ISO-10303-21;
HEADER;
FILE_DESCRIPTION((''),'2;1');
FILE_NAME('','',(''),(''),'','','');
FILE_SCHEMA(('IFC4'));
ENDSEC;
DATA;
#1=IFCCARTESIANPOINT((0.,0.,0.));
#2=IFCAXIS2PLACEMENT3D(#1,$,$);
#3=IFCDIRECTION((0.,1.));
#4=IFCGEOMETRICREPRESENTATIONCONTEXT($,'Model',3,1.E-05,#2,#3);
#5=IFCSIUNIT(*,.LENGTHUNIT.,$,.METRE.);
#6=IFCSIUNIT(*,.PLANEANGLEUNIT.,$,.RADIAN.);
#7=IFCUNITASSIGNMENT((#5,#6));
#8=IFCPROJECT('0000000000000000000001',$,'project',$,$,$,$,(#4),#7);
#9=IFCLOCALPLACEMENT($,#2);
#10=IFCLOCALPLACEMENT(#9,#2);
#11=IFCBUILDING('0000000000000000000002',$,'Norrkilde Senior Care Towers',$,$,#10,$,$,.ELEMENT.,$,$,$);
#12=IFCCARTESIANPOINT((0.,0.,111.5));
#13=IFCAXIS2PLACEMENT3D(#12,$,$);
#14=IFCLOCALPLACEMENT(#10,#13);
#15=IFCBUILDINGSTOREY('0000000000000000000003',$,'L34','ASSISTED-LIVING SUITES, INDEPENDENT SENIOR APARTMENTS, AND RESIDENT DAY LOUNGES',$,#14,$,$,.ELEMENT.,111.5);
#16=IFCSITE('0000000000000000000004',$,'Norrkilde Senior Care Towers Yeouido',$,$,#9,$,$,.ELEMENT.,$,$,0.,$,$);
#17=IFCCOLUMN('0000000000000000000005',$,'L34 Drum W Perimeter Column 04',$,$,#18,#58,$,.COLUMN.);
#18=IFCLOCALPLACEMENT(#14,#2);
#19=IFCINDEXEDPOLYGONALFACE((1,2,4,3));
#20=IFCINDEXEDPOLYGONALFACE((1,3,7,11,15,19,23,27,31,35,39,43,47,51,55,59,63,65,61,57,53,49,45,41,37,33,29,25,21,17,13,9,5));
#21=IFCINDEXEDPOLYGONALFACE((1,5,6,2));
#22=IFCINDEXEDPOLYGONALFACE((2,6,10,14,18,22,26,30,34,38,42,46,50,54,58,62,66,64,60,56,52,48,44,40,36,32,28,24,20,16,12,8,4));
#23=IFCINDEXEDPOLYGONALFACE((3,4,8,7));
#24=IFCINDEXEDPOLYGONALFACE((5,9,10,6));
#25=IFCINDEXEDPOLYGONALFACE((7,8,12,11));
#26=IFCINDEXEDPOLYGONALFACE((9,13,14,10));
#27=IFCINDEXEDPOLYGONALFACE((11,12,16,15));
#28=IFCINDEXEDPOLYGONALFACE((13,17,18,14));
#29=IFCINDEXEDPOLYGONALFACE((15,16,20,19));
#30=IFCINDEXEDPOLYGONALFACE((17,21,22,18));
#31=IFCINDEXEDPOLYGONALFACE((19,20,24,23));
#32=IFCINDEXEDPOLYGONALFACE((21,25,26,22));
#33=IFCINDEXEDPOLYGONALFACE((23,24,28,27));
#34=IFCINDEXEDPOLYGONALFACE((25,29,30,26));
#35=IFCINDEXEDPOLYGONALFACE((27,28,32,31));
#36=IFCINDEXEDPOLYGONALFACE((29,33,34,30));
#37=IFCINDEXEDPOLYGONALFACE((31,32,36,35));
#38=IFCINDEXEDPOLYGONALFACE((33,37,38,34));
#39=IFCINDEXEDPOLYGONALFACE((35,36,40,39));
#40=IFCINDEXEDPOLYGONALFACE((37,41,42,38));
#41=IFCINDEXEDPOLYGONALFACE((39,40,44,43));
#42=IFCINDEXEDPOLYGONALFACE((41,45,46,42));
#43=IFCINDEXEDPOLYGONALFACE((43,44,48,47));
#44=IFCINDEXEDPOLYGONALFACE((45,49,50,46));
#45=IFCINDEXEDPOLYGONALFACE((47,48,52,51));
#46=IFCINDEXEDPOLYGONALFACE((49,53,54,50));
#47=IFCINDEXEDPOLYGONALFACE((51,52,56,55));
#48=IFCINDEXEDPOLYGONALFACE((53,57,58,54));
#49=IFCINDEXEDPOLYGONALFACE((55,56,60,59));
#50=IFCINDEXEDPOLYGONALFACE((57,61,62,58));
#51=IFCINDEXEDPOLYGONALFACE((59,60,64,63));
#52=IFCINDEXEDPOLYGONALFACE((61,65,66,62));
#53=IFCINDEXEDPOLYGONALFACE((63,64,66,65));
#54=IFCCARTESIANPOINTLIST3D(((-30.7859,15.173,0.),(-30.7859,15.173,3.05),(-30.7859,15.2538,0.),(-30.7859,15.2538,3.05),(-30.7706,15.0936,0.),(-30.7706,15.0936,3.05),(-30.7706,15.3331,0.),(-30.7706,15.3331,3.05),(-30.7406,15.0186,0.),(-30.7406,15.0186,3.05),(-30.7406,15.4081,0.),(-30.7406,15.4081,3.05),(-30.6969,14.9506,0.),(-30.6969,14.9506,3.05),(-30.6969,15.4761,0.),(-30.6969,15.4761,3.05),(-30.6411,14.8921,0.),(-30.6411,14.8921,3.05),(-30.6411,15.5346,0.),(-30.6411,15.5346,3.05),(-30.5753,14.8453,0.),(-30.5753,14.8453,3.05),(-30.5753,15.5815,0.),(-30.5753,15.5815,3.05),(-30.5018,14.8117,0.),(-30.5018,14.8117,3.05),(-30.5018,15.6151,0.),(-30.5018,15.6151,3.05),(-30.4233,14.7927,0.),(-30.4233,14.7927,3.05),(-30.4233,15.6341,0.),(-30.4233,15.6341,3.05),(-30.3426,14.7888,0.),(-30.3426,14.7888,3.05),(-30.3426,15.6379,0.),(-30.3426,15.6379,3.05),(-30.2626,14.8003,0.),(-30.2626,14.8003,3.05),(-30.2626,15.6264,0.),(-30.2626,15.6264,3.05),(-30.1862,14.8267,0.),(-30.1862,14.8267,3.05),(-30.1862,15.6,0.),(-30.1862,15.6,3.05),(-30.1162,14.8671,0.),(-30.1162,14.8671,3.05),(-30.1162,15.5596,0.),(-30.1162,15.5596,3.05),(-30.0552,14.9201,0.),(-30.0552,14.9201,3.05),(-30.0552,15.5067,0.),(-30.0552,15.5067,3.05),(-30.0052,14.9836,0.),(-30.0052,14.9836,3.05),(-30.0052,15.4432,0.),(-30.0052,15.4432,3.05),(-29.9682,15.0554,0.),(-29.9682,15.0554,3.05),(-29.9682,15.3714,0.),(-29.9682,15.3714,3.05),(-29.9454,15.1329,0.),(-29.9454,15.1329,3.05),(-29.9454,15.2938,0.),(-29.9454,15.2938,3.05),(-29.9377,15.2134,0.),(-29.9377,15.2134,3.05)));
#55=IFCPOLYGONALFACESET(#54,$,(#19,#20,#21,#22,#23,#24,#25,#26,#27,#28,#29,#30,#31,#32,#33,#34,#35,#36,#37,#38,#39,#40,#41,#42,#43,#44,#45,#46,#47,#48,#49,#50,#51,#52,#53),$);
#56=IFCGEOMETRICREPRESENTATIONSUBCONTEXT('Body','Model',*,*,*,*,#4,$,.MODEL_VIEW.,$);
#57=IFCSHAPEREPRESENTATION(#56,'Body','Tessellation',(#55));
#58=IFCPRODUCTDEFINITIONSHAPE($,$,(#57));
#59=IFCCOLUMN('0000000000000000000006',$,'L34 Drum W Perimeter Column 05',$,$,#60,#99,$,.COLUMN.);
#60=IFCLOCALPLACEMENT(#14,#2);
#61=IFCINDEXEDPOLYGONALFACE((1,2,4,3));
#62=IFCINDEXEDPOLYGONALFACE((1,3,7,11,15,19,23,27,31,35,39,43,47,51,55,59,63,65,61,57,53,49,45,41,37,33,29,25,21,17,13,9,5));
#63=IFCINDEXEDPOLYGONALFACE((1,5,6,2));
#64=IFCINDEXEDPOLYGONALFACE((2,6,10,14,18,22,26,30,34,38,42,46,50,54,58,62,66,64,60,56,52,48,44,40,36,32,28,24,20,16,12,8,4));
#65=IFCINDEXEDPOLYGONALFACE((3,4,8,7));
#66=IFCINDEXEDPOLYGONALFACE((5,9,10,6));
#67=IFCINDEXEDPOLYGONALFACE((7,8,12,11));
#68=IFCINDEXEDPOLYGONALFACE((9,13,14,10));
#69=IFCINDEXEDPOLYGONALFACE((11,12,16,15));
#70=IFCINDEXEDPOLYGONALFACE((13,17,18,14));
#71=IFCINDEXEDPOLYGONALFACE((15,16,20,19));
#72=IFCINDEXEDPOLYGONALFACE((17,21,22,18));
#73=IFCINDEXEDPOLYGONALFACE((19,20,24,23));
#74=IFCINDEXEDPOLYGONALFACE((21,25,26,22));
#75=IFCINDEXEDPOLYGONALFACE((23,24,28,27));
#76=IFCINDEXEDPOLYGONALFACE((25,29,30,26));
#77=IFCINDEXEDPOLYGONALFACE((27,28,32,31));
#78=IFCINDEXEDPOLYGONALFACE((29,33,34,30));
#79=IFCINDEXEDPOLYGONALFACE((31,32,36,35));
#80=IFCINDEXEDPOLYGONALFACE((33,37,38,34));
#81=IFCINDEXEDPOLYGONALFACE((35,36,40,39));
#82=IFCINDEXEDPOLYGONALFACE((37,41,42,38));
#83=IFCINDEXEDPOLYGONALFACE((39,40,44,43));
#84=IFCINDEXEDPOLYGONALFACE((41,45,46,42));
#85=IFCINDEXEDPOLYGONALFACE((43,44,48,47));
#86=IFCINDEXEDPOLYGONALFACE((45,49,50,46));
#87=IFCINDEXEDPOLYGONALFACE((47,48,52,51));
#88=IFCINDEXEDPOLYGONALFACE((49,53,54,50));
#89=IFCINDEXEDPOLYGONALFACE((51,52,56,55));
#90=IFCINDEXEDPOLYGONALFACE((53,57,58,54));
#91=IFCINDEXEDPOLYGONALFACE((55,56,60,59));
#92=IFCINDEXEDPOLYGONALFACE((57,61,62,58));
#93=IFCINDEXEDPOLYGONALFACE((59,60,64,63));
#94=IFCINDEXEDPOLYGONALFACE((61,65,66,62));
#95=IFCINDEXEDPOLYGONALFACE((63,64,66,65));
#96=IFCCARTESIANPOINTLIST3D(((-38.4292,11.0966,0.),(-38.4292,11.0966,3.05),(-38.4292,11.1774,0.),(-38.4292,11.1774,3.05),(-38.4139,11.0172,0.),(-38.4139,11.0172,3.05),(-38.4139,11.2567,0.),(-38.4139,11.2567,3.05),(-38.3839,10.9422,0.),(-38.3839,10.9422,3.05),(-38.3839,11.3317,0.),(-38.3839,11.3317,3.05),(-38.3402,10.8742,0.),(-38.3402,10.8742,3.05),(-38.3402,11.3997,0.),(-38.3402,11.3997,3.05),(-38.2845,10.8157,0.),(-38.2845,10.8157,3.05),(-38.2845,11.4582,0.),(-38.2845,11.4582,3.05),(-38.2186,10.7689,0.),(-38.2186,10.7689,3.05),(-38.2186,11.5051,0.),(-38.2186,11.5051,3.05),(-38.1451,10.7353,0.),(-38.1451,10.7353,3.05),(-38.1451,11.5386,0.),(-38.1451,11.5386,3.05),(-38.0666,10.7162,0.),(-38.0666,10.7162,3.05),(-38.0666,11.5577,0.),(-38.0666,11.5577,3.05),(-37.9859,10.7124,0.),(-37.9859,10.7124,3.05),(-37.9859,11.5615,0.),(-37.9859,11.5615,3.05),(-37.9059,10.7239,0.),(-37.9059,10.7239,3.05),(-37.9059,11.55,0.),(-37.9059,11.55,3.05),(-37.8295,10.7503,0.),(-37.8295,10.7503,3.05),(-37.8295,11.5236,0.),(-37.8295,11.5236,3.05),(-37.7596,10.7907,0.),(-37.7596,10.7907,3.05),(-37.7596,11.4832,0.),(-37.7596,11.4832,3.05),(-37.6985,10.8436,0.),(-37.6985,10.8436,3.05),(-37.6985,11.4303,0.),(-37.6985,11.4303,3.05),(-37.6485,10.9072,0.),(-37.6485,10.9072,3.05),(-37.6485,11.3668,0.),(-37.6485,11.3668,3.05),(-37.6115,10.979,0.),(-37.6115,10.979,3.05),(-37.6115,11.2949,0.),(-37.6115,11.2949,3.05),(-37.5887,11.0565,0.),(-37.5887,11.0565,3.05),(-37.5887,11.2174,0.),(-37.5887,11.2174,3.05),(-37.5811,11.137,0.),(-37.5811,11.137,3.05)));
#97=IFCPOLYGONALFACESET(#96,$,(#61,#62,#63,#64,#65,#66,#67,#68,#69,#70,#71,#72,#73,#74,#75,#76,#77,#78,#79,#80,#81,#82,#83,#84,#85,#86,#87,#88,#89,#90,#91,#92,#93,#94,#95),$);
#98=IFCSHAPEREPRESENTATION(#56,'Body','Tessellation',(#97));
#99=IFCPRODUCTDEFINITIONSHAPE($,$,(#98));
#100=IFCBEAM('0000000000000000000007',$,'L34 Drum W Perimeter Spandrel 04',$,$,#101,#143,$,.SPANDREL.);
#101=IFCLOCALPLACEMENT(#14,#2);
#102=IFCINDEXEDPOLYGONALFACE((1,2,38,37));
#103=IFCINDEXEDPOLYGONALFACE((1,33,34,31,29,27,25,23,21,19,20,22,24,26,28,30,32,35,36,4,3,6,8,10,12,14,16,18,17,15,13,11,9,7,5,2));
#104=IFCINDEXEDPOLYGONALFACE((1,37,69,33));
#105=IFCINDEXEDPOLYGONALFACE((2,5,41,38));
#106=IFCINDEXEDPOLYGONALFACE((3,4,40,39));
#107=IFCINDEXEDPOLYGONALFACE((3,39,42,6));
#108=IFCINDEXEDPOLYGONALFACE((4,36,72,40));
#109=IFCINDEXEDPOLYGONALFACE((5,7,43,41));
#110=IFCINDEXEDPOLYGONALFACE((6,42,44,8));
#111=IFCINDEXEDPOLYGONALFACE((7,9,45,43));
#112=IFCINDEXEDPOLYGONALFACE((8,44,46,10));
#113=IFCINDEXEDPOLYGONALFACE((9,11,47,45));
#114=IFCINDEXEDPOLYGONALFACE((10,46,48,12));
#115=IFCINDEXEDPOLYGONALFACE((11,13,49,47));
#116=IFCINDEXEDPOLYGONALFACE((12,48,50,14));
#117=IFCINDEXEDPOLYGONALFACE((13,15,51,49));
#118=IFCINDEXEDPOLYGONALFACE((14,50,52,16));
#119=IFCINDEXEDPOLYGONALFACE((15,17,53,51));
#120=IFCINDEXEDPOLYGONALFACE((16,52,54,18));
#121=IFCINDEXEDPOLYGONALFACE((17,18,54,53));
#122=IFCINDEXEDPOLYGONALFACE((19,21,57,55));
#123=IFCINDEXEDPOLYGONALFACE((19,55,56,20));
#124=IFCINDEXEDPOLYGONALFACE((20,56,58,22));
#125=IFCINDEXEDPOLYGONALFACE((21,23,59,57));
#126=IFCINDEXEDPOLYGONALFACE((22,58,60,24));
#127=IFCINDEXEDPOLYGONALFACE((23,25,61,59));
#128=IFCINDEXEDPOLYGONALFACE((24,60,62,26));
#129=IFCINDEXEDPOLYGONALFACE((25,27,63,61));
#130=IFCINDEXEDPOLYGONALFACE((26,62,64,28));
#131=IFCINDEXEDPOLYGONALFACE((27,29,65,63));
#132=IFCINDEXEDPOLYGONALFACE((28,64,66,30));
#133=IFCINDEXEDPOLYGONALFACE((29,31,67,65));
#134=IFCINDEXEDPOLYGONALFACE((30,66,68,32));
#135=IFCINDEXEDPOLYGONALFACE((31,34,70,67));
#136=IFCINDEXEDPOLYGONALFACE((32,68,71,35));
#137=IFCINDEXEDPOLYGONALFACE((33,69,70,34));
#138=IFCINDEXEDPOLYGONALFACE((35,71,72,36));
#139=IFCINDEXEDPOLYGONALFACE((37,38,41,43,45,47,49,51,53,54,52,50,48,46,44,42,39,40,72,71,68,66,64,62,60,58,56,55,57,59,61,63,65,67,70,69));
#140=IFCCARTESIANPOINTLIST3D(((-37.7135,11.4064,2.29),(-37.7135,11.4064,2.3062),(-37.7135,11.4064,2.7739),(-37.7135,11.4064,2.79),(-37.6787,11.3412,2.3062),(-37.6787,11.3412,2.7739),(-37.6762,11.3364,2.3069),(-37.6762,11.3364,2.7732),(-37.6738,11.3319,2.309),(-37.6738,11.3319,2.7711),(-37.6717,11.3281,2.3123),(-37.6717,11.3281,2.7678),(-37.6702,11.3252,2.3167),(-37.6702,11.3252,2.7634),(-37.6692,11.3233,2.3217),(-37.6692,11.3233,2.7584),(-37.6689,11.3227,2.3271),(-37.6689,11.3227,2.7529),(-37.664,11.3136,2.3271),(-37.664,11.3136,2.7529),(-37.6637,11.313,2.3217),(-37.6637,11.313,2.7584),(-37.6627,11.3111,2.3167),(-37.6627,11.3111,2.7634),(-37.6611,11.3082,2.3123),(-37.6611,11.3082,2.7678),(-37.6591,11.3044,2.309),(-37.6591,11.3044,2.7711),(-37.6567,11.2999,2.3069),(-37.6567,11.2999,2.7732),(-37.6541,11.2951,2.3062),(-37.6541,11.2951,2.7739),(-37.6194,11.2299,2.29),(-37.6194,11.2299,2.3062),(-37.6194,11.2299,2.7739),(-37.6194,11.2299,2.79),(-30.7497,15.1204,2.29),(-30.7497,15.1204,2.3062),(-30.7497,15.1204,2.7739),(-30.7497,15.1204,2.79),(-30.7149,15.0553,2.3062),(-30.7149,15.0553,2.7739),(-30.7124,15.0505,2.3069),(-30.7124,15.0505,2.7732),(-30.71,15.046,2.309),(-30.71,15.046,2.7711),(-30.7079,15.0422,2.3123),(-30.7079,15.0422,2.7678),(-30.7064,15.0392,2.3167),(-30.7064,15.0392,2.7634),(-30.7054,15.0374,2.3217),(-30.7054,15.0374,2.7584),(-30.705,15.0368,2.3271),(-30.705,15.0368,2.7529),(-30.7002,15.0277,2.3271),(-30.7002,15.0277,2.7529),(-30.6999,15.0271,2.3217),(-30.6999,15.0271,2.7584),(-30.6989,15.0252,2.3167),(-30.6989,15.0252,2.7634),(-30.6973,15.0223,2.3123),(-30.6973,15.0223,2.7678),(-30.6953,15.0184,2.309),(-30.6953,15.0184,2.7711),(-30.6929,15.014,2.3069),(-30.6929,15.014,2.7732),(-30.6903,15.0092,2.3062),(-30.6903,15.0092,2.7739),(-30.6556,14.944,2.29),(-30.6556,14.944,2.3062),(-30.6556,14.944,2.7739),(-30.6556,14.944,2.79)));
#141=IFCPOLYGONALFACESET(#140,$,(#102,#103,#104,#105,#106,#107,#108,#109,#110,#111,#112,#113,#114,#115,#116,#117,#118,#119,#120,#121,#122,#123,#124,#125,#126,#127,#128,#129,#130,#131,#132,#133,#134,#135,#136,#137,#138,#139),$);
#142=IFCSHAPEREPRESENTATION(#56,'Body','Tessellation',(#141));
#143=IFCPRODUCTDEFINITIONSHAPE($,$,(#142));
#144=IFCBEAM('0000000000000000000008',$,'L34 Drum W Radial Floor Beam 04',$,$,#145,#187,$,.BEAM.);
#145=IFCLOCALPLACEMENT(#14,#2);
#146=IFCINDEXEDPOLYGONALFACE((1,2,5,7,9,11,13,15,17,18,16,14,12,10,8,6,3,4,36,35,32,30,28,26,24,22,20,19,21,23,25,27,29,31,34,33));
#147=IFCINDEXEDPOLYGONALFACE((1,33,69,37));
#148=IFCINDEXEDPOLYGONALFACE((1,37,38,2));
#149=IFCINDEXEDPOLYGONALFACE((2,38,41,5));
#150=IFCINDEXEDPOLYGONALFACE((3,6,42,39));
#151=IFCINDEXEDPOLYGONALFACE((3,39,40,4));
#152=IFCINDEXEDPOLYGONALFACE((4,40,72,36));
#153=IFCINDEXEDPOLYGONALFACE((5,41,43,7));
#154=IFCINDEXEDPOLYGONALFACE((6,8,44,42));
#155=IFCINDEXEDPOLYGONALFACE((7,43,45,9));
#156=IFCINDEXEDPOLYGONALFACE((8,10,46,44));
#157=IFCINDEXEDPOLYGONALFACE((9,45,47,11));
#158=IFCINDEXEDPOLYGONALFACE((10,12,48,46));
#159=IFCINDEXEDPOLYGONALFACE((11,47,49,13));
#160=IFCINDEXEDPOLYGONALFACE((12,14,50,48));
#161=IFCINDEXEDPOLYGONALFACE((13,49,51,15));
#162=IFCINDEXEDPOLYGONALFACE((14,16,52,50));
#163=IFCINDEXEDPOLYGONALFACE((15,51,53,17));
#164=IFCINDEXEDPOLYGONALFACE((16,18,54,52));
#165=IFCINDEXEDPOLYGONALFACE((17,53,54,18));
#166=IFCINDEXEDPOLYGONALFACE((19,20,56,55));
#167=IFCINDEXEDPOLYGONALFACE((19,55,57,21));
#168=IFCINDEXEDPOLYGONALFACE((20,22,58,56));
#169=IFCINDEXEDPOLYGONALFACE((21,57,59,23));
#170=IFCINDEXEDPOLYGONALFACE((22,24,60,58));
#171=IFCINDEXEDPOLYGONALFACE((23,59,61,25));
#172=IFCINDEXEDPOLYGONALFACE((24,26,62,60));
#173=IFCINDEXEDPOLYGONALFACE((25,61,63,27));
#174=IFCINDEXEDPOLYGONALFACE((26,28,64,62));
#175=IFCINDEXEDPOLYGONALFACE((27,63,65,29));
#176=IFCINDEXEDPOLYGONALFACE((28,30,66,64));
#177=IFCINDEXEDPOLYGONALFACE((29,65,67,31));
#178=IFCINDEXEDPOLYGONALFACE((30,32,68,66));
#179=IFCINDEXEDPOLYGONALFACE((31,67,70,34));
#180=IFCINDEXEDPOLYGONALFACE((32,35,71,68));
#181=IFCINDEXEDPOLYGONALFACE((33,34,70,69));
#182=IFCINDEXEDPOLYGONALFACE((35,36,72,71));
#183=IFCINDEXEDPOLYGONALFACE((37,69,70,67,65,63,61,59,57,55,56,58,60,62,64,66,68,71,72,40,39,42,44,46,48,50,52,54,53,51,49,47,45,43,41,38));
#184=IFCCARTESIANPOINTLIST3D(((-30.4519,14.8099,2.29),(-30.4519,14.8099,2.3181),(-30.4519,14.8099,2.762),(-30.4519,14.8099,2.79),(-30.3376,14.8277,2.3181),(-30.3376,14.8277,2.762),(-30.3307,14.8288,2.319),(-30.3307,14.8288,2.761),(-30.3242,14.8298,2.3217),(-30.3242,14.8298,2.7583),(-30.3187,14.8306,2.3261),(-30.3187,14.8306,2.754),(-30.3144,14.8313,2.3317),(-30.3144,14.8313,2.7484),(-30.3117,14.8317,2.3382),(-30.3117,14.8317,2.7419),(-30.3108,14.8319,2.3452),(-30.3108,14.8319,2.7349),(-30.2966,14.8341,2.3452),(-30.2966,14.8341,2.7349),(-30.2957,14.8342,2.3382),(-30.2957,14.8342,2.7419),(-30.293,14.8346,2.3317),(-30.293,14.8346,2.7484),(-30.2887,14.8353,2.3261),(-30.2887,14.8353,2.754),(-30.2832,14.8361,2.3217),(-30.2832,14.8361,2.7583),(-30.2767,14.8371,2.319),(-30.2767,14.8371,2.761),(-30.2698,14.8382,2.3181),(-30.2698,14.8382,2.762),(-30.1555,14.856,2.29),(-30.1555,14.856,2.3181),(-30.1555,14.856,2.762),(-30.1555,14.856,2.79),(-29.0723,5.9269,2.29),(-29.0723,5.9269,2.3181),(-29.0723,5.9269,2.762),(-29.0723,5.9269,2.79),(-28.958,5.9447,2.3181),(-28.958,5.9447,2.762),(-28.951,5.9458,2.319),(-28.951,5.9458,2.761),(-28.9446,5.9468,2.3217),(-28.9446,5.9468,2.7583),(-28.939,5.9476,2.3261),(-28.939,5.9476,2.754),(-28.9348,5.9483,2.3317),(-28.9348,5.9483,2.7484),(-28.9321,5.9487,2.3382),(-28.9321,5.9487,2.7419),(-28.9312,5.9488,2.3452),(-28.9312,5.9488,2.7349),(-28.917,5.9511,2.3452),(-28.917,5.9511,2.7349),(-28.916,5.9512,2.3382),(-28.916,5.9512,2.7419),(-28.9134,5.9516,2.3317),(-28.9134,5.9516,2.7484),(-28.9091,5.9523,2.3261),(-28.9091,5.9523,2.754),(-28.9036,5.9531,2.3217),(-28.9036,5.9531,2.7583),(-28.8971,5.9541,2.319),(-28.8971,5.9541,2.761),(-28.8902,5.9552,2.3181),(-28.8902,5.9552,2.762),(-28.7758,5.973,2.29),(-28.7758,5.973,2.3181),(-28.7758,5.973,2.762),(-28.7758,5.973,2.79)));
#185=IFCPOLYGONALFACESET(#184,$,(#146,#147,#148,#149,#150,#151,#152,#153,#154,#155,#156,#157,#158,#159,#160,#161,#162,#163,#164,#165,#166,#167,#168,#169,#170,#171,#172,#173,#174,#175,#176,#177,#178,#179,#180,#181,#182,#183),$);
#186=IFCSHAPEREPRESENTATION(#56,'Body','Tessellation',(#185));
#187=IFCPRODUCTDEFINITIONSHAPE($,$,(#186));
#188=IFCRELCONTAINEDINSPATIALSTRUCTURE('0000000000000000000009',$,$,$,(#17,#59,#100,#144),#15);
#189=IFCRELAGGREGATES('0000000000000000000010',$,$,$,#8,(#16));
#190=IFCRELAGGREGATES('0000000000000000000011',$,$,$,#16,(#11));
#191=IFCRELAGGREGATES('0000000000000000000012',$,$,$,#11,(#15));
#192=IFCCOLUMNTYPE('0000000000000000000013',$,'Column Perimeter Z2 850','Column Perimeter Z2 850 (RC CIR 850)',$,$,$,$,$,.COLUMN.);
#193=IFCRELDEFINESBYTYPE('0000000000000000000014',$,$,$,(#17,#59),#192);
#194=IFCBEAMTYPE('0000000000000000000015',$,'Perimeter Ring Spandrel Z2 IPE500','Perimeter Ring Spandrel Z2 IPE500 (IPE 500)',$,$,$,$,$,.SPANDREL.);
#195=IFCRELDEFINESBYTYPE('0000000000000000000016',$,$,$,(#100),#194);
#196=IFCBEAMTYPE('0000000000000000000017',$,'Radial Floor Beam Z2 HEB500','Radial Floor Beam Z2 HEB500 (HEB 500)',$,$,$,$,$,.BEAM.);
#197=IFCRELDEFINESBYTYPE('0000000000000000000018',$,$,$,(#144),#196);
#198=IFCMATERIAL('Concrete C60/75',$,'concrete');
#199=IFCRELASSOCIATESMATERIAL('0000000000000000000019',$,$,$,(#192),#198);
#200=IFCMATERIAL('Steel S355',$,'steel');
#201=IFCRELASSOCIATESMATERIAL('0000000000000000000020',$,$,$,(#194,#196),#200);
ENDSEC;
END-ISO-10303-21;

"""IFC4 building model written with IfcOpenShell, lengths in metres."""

from ifc_helpers import new_model, si_unit, direction, frame, origin, origin_2d, place, context, subcontext, project, spatial, circle, i_section, extrude, source, transform, mapped, material, material_profile, profile_set, type_object, type_shapes, element, save


model = new_model("IFC4")

# Units and contexts
model_context = context("Model", 3, precision=1e-05, world=origin(), true_north=direction((0.0, 1.0)))
body_context = subcontext(model_context, "Body", "Model", "MODEL_VIEW")
ifc_project = project(units=[si_unit("LENGTHUNIT", "METRE"), si_unit("PLANEANGLEUNIT", "RADIAN")], contexts=[model_context])

# Site, building, storey
site_placement = place(None, origin())
site = spatial("IfcSite", under=ifc_project, at=site_placement, Name="Norrkilde Senior Care Towers Yeouido", CompositionType="ELEMENT", RefElevation=0.0)
building_placement = place(site_placement, origin())
building = spatial("IfcBuilding", under=site, at=building_placement, Name="Norrkilde Senior Care Towers", CompositionType="ELEMENT")
storey_placement = place(building_placement, frame((0.0, 0.0, 111.5)))
storey = spatial("IfcBuildingStorey", under=building, at=storey_placement, Name="L34", Description="ASSISTED-LIVING SUITES, INDEPENDENT SENIOR APARTMENTS, AND RESIDENT DAY LOUNGES", CompositionType="ELEMENT", Elevation=111.5)

# Columns
ifc_material_1 = material(Name="Concrete C60/75", Category="concrete")
ifc_material_profile_1 = material_profile(ifc_material_1, circle(Radius=0.425, at=origin_2d()), Name="RC CIR 850")
ifc_profile_set_1 = profile_set([ifc_material_profile_1], Name="Concrete C60/75")
column_type = type_object("IfcColumnType", Name="Column Perimeter Z2 850", Description="Column Perimeter Z2 850 (RC CIR 850)", PredefinedType="COLUMN", material=ifc_profile_set_1)
shared_shape_1 = source(origin(), body_context, "Body", "SweptSolid", [
    extrude(circle(Radius=0.425, at=origin_2d()), origin(), (0.0, 0.0, 1.0), 3.05),
])
type_shapes(column_type, [shared_shape_1])
for number, where, z_axis, x_axis, name in (
    (1, (-30.3628, 15.2134, 0.0), (0.0, 0.0, 1.0), (1.0, 0.0, 0.0), "L34 Drum W Perimeter Column 04"),
    (2, (-38.0061, 11.137, 0.0), (0.0, 0.0, 1.0), (1.0, 0.0, 0.0), "L34 Drum W Perimeter Column 05"),
):
    element("IfcColumn", number, at=place(storey_placement, frame(where, z_axis=z_axis, x_axis=x_axis)), inside=storey, type_object=column_type, Name=name, PredefinedType="COLUMN", context=body_context, shape_type="MappedRepresentation", body=[
        mapped(shared_shape_1, transform((0.0, 0.0, 0.0), x_axis=(1.0, 0.0, 0.0), y_axis=(0.0, 1.0, 0.0), z_axis=(0.0, 0.0, 1.0), scale=1.0)),
    ])

# Beams
ifc_material_2 = material(Name="Steel S355", Category="steel")
ifc_material_profile_2 = material_profile(ifc_material_2, i_section(OverallWidth=0.2, OverallDepth=0.5, WebThickness=0.0103, FlangeThickness=0.0161, FilletRadius=0.021, at=origin_2d()), Name="IPE 500")
ifc_profile_set_2 = profile_set([ifc_material_profile_2], Name="Steel S355")
beam_type_1 = type_object("IfcBeamType", Name="Perimeter Ring Spandrel Z2 IPE500", Description="Perimeter Ring Spandrel Z2 IPE500 (IPE 500)", PredefinedType="SPANDREL", material=ifc_profile_set_2)
shared_shape_2 = source(origin(), body_context, "Body", "SweptSolid", [
    extrude(i_section(OverallWidth=0.2, OverallDepth=0.5, WebThickness=0.0103, FlangeThickness=0.0161, FilletRadius=0.021, at=origin_2d()), origin(), (0.0, 0.0, 1.0), 7.8923),
])
beam_1_placement = place(storey_placement, frame((-30.7026, 15.0322, 2.54), z_axis=(-0.88235, -0.470593, 0.0), x_axis=(0.470593, -0.88235, 0.0)))
element("IfcBeam", 3, at=beam_1_placement, inside=storey, type_object=beam_type_1, Name="L34 Drum W Perimeter Spandrel 04", PredefinedType="SPANDREL", context=body_context, shape_type="MappedRepresentation", body=[
    mapped(shared_shape_2, transform((0.0, 0.0, 0.0), x_axis=(1.0, 0.0, 0.0), y_axis=(0.0, 1.0, 0.0), z_axis=(0.0, 0.0, 1.0), scale=1.0)),
])
ifc_material_profile_3 = material_profile(ifc_material_2, i_section(OverallWidth=0.3, OverallDepth=0.5, WebThickness=0.0144, FlangeThickness=0.0281, FilletRadius=0.0271, at=origin_2d()), Name="HEB 500")
ifc_profile_set_3 = profile_set([ifc_material_profile_3], Name="Steel S355")
beam_type_2 = type_object("IfcBeamType", Name="Radial Floor Beam Z2 HEB500", Description="Radial Floor Beam Z2 HEB500 (HEB 500)", PredefinedType="BEAM", material=ifc_profile_set_3)
shared_shape_3 = source(origin(), body_context, "Body", "SweptSolid", [
    extrude(i_section(OverallWidth=0.3, OverallDepth=0.5, WebThickness=0.0144, FlangeThickness=0.0281, FilletRadius=0.0271, at=origin_2d()), origin(), (0.0, 0.0, 1.0), 8.9895),
])
beam_2_placement = place(storey_placement, frame((-28.9241, 5.95, 2.54), z_axis=(-0.153471, 0.988153, 0.0), x_axis=(-0.988153, -0.153471, 0.0)))
element("IfcBeam", 4, at=beam_2_placement, inside=storey, type_object=beam_type_2, Name="L34 Drum W Radial Floor Beam 04", PredefinedType="BEAM", context=body_context, shape_type="MappedRepresentation", body=[
    mapped(shared_shape_3, transform((0.0, 0.0, 0.0), x_axis=(1.0, 0.0, 0.0), y_axis=(0.0, 1.0, 0.0), z_axis=(0.0, 0.0, 1.0), scale=1.0)),
])

save(model, "model.ifc")
